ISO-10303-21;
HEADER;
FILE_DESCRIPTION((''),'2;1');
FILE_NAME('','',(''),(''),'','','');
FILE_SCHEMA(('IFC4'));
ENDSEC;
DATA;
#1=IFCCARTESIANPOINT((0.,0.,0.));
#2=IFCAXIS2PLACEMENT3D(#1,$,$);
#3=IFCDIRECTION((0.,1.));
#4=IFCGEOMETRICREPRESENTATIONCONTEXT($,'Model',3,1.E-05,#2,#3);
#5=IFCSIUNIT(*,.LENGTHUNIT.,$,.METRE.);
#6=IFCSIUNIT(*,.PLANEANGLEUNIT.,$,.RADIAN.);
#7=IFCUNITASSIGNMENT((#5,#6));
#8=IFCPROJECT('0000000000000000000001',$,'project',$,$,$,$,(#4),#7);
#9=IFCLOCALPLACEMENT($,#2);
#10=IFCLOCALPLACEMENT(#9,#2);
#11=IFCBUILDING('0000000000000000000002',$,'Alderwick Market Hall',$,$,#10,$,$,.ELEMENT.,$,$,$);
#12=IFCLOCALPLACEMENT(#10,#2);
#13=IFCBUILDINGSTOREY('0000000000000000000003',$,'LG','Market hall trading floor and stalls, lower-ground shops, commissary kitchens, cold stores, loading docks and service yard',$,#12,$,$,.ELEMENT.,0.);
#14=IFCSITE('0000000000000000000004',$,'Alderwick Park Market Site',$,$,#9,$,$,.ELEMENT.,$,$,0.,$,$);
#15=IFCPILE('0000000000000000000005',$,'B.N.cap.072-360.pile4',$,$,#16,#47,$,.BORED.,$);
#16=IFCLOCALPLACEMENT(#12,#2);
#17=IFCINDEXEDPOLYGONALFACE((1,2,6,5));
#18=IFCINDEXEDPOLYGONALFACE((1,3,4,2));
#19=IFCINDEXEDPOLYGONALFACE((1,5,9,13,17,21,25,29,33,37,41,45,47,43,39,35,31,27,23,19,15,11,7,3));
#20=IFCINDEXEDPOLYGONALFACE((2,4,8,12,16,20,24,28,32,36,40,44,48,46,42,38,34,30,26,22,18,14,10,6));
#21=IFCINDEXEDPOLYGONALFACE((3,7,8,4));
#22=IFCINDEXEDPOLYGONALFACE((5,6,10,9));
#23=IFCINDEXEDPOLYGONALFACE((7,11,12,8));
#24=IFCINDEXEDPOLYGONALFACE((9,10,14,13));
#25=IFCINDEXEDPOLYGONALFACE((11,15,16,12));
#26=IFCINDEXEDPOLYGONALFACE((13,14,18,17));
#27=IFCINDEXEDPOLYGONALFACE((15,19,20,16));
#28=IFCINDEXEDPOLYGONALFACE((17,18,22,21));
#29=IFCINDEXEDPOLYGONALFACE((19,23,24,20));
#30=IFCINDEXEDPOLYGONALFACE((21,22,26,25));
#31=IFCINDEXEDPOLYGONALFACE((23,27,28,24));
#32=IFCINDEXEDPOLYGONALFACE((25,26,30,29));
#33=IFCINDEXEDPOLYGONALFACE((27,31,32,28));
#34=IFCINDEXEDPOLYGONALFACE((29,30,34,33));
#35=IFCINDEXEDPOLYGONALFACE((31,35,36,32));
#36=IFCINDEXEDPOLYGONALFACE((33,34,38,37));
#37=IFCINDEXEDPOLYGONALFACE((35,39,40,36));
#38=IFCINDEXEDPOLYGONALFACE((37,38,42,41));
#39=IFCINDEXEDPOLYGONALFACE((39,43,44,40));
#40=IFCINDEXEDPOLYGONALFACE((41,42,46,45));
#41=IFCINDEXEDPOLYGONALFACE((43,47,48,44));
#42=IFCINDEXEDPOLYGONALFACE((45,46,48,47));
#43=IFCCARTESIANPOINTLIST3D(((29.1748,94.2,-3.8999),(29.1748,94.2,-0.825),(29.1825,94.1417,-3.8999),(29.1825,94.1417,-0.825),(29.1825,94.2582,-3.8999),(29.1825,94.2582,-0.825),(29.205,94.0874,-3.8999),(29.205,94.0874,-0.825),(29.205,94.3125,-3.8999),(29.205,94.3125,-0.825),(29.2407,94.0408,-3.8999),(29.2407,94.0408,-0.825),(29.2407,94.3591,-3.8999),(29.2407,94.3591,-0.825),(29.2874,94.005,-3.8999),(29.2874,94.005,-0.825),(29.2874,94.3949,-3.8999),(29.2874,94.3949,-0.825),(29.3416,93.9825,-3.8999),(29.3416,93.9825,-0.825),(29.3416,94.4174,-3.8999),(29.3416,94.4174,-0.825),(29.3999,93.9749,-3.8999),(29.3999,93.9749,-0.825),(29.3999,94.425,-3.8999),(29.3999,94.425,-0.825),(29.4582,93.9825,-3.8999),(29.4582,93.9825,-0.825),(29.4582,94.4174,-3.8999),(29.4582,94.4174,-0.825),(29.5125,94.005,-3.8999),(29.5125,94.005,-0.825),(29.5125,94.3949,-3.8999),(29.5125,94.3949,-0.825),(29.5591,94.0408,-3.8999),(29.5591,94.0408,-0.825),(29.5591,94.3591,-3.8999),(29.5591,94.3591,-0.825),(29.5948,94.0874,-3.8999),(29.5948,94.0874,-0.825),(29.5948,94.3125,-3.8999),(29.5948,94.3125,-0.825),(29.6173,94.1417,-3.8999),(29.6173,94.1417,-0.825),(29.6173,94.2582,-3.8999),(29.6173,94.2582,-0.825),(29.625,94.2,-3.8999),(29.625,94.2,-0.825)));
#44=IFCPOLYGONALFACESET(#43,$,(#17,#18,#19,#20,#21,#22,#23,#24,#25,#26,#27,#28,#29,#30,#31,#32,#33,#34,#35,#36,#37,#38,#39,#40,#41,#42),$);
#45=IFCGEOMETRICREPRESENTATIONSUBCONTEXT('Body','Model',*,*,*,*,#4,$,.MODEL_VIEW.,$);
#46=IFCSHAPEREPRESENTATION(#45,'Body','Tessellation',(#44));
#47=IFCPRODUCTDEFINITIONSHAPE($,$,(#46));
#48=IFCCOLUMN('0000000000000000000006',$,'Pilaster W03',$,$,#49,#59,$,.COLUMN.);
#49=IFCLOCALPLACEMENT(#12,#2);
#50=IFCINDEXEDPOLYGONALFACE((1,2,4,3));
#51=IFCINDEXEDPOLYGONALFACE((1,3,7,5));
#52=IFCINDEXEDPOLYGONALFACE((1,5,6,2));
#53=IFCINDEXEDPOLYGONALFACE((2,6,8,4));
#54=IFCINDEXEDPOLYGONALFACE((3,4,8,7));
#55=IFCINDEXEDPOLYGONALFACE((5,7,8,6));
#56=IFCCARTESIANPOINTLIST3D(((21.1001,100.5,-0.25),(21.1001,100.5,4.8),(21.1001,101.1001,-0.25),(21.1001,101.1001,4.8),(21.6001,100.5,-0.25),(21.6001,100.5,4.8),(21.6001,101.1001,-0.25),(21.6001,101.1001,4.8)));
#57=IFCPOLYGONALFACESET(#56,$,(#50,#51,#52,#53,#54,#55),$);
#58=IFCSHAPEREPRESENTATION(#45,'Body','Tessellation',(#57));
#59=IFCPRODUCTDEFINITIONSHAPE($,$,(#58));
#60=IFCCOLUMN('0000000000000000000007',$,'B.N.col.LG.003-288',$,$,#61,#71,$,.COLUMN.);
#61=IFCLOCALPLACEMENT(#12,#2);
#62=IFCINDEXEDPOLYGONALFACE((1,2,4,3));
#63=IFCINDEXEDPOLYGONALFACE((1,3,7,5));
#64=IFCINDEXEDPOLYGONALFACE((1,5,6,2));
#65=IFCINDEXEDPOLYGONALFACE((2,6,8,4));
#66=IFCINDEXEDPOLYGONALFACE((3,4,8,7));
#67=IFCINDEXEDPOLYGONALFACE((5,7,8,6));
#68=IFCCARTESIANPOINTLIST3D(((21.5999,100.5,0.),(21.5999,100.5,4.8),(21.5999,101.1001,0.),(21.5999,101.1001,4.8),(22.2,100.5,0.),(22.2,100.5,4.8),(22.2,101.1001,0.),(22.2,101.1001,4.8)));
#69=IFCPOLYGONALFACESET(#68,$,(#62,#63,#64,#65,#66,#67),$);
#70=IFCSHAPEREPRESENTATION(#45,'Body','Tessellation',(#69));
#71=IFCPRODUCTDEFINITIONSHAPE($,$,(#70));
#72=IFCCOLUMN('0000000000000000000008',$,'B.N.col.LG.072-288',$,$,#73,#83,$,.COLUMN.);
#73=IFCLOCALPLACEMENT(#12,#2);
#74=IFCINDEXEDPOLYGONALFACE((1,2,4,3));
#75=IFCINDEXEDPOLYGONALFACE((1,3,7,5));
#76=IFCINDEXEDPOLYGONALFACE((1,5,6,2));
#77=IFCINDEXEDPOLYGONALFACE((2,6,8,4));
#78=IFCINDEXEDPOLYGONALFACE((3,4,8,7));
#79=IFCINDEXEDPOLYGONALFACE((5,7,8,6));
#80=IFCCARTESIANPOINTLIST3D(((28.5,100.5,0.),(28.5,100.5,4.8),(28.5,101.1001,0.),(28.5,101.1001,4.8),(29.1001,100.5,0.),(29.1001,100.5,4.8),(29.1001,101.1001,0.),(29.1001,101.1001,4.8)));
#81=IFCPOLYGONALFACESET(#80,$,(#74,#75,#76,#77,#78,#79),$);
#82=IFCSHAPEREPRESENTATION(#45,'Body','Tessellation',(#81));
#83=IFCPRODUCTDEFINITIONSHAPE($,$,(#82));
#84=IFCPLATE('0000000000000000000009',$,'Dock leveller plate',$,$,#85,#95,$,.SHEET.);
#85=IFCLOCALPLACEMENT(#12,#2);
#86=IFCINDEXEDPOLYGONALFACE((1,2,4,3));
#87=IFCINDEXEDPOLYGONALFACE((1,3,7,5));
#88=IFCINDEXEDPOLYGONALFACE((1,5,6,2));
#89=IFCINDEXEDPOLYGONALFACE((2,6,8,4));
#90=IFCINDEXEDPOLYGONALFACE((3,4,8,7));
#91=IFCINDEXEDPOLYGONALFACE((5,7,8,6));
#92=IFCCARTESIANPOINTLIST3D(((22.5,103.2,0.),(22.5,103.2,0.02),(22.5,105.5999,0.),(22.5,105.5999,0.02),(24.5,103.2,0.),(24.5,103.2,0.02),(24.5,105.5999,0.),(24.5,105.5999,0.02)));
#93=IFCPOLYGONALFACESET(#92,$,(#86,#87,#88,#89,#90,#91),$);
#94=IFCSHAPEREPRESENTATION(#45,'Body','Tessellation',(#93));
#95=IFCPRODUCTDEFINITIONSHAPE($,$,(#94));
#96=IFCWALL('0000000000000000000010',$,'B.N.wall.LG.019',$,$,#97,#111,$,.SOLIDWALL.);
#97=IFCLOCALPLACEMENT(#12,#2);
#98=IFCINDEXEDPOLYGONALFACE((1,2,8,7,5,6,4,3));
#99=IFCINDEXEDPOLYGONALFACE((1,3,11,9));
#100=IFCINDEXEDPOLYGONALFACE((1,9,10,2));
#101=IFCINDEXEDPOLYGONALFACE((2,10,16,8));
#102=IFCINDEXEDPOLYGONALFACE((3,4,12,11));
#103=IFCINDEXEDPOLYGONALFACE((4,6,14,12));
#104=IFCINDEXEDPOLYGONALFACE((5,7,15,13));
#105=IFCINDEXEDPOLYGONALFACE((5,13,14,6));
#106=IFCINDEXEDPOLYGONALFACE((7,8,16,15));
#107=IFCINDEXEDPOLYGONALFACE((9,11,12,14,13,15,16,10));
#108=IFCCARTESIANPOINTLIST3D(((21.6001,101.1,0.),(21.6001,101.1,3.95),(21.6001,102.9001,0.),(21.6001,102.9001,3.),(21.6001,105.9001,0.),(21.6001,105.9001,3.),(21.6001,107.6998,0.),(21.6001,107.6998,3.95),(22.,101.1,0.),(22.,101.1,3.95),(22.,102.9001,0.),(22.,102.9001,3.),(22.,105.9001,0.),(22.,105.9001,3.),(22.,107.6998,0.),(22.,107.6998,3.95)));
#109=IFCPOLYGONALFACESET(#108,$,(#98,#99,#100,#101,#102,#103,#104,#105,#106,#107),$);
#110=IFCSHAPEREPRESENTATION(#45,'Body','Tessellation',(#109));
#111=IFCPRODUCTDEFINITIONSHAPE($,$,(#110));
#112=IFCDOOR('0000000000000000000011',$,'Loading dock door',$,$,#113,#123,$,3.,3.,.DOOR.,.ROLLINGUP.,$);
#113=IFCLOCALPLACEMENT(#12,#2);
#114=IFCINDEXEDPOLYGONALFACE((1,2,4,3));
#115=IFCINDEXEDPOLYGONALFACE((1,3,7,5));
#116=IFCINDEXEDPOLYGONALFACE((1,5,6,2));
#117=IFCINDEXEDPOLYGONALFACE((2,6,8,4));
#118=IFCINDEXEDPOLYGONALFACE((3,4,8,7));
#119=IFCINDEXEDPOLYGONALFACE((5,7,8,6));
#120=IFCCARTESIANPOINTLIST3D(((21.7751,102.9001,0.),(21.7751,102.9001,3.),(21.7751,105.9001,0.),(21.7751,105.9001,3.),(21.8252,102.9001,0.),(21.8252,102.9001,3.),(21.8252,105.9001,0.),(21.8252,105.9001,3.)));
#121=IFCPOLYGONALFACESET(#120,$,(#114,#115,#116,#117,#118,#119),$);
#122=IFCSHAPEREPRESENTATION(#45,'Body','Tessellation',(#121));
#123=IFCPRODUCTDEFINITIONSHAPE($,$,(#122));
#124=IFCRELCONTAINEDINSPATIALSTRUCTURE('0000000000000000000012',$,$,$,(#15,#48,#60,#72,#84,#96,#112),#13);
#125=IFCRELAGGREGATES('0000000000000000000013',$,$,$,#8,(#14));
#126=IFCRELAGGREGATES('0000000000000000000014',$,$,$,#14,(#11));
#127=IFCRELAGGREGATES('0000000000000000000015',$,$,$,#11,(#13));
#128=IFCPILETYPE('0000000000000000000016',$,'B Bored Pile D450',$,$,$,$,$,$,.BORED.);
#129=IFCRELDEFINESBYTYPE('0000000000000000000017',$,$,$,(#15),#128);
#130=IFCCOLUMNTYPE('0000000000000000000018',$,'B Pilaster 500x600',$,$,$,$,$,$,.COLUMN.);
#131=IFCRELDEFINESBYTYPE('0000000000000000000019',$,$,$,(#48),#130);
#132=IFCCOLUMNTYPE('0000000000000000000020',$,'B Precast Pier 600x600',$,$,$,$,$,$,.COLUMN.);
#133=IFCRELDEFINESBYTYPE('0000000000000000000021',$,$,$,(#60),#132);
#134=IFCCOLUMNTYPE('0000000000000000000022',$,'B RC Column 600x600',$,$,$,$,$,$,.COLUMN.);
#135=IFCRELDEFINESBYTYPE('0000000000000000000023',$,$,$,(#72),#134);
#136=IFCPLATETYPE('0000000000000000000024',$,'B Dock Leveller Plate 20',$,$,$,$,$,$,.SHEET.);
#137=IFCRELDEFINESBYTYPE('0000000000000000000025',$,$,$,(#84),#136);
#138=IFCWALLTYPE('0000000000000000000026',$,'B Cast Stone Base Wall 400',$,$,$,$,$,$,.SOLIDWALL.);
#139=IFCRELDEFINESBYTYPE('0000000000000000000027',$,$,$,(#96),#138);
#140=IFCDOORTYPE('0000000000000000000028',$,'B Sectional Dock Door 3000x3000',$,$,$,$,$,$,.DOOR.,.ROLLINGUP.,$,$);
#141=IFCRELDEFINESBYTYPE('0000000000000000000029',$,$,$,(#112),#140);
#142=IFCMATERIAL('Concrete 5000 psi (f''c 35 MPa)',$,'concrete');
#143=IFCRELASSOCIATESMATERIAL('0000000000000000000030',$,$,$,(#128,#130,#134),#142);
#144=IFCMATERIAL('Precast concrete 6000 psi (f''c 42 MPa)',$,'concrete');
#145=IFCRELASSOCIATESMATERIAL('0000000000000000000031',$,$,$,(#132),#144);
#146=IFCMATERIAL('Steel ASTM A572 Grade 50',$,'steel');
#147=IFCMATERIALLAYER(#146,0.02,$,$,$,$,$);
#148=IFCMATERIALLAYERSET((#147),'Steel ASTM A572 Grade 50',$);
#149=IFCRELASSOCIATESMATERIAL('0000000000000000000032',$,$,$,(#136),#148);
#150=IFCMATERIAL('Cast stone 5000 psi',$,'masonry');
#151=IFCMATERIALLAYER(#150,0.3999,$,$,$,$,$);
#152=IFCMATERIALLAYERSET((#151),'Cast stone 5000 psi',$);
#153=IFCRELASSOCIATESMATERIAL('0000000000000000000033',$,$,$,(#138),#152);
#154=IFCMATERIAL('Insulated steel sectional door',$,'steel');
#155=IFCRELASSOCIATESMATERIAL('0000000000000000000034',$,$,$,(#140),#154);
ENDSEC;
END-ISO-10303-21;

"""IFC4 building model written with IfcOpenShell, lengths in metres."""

from ifc_helpers import new_model, si_unit, direction, frame, frame_2d, origin, origin_2d, place, context, subcontext, project, spatial, rectangle, circle, extrude, material, layer, layer_set, material_profile, profile_set, type_object, element, fill, save


model = new_model("IFC4")

# Units and contexts
model_context = context("Model", 3, precision=1e-05, world=origin(), true_north=direction((0.0, 1.0)))
body_context = subcontext(model_context, "Body", "Model", "MODEL_VIEW")
ifc_project = project(units=[si_unit("LENGTHUNIT", "METRE"), si_unit("PLANEANGLEUNIT", "RADIAN")], contexts=[model_context])

# Site, building, storey
site_placement = place(None, origin())
site = spatial("IfcSite", under=ifc_project, at=site_placement, Name="Alderwick Park Market Site", CompositionType="ELEMENT", RefElevation=0.0)
building_placement = place(site_placement, origin())
building = spatial("IfcBuilding", under=site, at=building_placement, Name="Alderwick Market Hall", CompositionType="ELEMENT")
storey_placement = place(building_placement, origin())
storey = spatial("IfcBuildingStorey", under=building, at=storey_placement, Name="LG", Description="Market hall trading floor and stalls, lower-ground shops, commissary kitchens, cold stores, loading docks and service yard", CompositionType="ELEMENT", Elevation=0.0)

# Pile
ifc_material_1 = material(Name="Concrete 5000 psi (f'c 35 MPa)", Category="concrete")
ifc_material_profile_1 = material_profile(ifc_material_1, circle(Radius=0.2251, at=origin_2d()), Name="B Bored Pile D450")
ifc_profile_set_1 = profile_set([ifc_material_profile_1], Name="Concrete 5000 psi (f'c 35 MPa)")
pile_type = type_object("IfcPileType", Name="B Bored Pile D450", PredefinedType="BORED", material=ifc_profile_set_1)
for number, where, z_axis, x_axis, name in (
    (1, (29.3999, 94.2, -0.825), (0.0, 0.0, -1.0), (1.0, 0.0, 0.0), "B.N.cap.072-360.pile4"),
):
    element("IfcPile", number, at=place(storey_placement, frame(where, z_axis=z_axis, x_axis=x_axis)), inside=storey, type_object=pile_type, Name=name, PredefinedType="BORED", context=body_context, shape_type="SweptSolid", body=[
        extrude(circle(Radius=0.2251, at=origin_2d()), origin(), (0.0, 0.0, 1.0), 3.075),
    ])

# Columns
ifc_material_profile_2 = material_profile(ifc_material_1, rectangle(XDim=0.5, YDim=0.6001, at=origin_2d()), Name="B Pilaster 500x600")
ifc_profile_set_2 = profile_set([ifc_material_profile_2], Name="Concrete 5000 psi (f'c 35 MPa)")
column_type_1 = type_object("IfcColumnType", Name="B Pilaster 500x600", PredefinedType="COLUMN", material=ifc_profile_set_2)
column_1_placement = place(storey_placement, frame((21.3501, 100.8, -0.25), z_axis=(0.0, 0.0, 1.0), x_axis=(1.0, 0.0, 0.0)))
element("IfcColumn", 2, at=column_1_placement, inside=storey, type_object=column_type_1, Name="Pilaster W03", PredefinedType="COLUMN", context=body_context, shape_type="SweptSolid", body=[
    extrude(rectangle(XDim=0.5, YDim=0.6001, at=origin_2d()), origin(), (0.0, 0.0, 1.0), 5.05),
])
ifc_material_2 = material(Name="Precast concrete 6000 psi (f'c 42 MPa)", Category="concrete")
ifc_material_profile_3 = material_profile(ifc_material_2, rectangle(XDim=0.6001, YDim=0.6001, at=origin_2d()), Name="B Precast Pier 600x600")
ifc_profile_set_3 = profile_set([ifc_material_profile_3], Name="Precast concrete 6000 psi (f'c 42 MPa)")
column_type_2 = type_object("IfcColumnType", Name="B Precast Pier 600x600", PredefinedType="COLUMN", material=ifc_profile_set_3)
column_2_placement = place(storey_placement, frame((21.8999, 100.8, 0.0), z_axis=(0.0, 0.0, 1.0), x_axis=(1.0, 0.0, 0.0)))
element("IfcColumn", 3, at=column_2_placement, inside=storey, type_object=column_type_2, Name="B.N.col.LG.003-288", PredefinedType="COLUMN", context=body_context, shape_type="SweptSolid", body=[
    extrude(rectangle(XDim=0.6001, YDim=0.6001, at=origin_2d()), origin(), (0.0, 0.0, 1.0), 4.8),
])
ifc_material_profile_4 = material_profile(ifc_material_1, rectangle(XDim=0.6001, YDim=0.6001, at=origin_2d()), Name="B RC Column 600x600")
ifc_profile_set_4 = profile_set([ifc_material_profile_4], Name="Concrete 5000 psi (f'c 35 MPa)")
column_type_3 = type_object("IfcColumnType", Name="B RC Column 600x600", PredefinedType="COLUMN", material=ifc_profile_set_4)
column_3_placement = place(storey_placement, frame((28.8, 100.8, 0.0), z_axis=(0.0, 0.0, 1.0), x_axis=(1.0, 0.0, 0.0)))
element("IfcColumn", 4, at=column_3_placement, inside=storey, type_object=column_type_3, Name="B.N.col.LG.072-288", PredefinedType="COLUMN", context=body_context, shape_type="SweptSolid", body=[
    extrude(rectangle(XDim=0.6001, YDim=0.6001, at=origin_2d()), origin(), (0.0, 0.0, 1.0), 4.8),
])

# Plate
ifc_material_3 = material(Name="Steel ASTM A572 Grade 50", Category="steel")
ifc_layer_1 = layer(ifc_material_3, 0.02)
ifc_layer_set_1 = layer_set([ifc_layer_1], Name="Steel ASTM A572 Grade 50")
plate_type = type_object("IfcPlateType", Name="B Dock Leveller Plate 20", PredefinedType="SHEET", material=ifc_layer_set_1)
plate_placement = place(storey_placement, frame((23.5, 104.3999, 0.0), z_axis=(0.0, 0.0, 1.0), x_axis=(1.0, 0.0, 0.0)))
element("IfcPlate", 5, at=plate_placement, inside=storey, type_object=plate_type, Name="Dock leveller plate", PredefinedType="SHEET", context=body_context, shape_type="SweptSolid", body=[
    extrude(rectangle(XDim=2.0, YDim=2.3999, at=origin_2d()), origin(), (0.0, 0.0, 1.0), 0.02),
])

# Wall, opening, door
ifc_material_4 = material(Name="Cast stone 5000 psi", Category="masonry")
ifc_layer_2 = layer(ifc_material_4, 0.3999)
ifc_layer_set_2 = layer_set([ifc_layer_2], Name="Cast stone 5000 psi")
wall_type_1 = type_object("IfcWallType", Name="B Cast Stone Base Wall 400", PredefinedType="SOLIDWALL", material=ifc_layer_set_2)
wall_1_placement = place(storey_placement, frame((21.8, 101.1001, 0.0), z_axis=(0.0, 0.0, 1.0), x_axis=(0.0, 1.0, 0.0)))
wall_1 = element("IfcWall", 6, at=wall_1_placement, inside=storey, type_object=wall_type_1, Name="B.N.wall.LG.019", PredefinedType="SOLIDWALL", context=body_context, shape_type="SweptSolid", body=[
    extrude(rectangle(XDim=6.5999, YDim=0.3999, at=frame_2d((3.2998, 0.0))), origin(), (0.0, 0.0, 1.0), 3.95),
])
opening_1_placement = place(wall_1_placement, frame((1.8, 0.0, 0.0)))
opening_1 = element("IfcOpeningElement", 7, at=opening_1_placement, cuts=wall_1, PredefinedType="OPENING", context=body_context, shape_type="SweptSolid", body=[
    extrude(rectangle(XDim=3.0, YDim=3.0, at=frame_2d((1.5, 1.5))), frame((0.0, 0.21, 0.0), z_axis=(0.0, -1.0, 0.0), x_axis=(1.0, 0.0, 0.0)), (0.0, 0.0, 1.0), 0.4199),
])
ifc_material_5 = material(Name="Insulated steel sectional door", Category="steel")
door_type_1 = type_object("IfcDoorType", Name="B Sectional Dock Door 3000x3000", OperationType="ROLLINGUP", PredefinedType="DOOR", material=ifc_material_5)
door_1_placement = place(opening_1_placement, origin())
door_1 = element("IfcDoor", 8, at=door_1_placement, inside=storey, type_object=door_type_1, Name="Loading dock door", OperationType="ROLLINGUP", OverallHeight=3.0, OverallWidth=3.0, PredefinedType="DOOR", context=body_context, shape_type="SweptSolid", body=[
    extrude(rectangle(XDim=3.0, YDim=3.0, at=frame_2d((1.5, 1.5))), frame((0.0, 0.0249, 0.0), z_axis=(0.0, -1.0, 0.0), x_axis=(1.0, 0.0, 0.0)), (0.0, 0.0, 1.0), 0.05),
])
fill(opening_1, door_1)

save(model, "model.ifc")
